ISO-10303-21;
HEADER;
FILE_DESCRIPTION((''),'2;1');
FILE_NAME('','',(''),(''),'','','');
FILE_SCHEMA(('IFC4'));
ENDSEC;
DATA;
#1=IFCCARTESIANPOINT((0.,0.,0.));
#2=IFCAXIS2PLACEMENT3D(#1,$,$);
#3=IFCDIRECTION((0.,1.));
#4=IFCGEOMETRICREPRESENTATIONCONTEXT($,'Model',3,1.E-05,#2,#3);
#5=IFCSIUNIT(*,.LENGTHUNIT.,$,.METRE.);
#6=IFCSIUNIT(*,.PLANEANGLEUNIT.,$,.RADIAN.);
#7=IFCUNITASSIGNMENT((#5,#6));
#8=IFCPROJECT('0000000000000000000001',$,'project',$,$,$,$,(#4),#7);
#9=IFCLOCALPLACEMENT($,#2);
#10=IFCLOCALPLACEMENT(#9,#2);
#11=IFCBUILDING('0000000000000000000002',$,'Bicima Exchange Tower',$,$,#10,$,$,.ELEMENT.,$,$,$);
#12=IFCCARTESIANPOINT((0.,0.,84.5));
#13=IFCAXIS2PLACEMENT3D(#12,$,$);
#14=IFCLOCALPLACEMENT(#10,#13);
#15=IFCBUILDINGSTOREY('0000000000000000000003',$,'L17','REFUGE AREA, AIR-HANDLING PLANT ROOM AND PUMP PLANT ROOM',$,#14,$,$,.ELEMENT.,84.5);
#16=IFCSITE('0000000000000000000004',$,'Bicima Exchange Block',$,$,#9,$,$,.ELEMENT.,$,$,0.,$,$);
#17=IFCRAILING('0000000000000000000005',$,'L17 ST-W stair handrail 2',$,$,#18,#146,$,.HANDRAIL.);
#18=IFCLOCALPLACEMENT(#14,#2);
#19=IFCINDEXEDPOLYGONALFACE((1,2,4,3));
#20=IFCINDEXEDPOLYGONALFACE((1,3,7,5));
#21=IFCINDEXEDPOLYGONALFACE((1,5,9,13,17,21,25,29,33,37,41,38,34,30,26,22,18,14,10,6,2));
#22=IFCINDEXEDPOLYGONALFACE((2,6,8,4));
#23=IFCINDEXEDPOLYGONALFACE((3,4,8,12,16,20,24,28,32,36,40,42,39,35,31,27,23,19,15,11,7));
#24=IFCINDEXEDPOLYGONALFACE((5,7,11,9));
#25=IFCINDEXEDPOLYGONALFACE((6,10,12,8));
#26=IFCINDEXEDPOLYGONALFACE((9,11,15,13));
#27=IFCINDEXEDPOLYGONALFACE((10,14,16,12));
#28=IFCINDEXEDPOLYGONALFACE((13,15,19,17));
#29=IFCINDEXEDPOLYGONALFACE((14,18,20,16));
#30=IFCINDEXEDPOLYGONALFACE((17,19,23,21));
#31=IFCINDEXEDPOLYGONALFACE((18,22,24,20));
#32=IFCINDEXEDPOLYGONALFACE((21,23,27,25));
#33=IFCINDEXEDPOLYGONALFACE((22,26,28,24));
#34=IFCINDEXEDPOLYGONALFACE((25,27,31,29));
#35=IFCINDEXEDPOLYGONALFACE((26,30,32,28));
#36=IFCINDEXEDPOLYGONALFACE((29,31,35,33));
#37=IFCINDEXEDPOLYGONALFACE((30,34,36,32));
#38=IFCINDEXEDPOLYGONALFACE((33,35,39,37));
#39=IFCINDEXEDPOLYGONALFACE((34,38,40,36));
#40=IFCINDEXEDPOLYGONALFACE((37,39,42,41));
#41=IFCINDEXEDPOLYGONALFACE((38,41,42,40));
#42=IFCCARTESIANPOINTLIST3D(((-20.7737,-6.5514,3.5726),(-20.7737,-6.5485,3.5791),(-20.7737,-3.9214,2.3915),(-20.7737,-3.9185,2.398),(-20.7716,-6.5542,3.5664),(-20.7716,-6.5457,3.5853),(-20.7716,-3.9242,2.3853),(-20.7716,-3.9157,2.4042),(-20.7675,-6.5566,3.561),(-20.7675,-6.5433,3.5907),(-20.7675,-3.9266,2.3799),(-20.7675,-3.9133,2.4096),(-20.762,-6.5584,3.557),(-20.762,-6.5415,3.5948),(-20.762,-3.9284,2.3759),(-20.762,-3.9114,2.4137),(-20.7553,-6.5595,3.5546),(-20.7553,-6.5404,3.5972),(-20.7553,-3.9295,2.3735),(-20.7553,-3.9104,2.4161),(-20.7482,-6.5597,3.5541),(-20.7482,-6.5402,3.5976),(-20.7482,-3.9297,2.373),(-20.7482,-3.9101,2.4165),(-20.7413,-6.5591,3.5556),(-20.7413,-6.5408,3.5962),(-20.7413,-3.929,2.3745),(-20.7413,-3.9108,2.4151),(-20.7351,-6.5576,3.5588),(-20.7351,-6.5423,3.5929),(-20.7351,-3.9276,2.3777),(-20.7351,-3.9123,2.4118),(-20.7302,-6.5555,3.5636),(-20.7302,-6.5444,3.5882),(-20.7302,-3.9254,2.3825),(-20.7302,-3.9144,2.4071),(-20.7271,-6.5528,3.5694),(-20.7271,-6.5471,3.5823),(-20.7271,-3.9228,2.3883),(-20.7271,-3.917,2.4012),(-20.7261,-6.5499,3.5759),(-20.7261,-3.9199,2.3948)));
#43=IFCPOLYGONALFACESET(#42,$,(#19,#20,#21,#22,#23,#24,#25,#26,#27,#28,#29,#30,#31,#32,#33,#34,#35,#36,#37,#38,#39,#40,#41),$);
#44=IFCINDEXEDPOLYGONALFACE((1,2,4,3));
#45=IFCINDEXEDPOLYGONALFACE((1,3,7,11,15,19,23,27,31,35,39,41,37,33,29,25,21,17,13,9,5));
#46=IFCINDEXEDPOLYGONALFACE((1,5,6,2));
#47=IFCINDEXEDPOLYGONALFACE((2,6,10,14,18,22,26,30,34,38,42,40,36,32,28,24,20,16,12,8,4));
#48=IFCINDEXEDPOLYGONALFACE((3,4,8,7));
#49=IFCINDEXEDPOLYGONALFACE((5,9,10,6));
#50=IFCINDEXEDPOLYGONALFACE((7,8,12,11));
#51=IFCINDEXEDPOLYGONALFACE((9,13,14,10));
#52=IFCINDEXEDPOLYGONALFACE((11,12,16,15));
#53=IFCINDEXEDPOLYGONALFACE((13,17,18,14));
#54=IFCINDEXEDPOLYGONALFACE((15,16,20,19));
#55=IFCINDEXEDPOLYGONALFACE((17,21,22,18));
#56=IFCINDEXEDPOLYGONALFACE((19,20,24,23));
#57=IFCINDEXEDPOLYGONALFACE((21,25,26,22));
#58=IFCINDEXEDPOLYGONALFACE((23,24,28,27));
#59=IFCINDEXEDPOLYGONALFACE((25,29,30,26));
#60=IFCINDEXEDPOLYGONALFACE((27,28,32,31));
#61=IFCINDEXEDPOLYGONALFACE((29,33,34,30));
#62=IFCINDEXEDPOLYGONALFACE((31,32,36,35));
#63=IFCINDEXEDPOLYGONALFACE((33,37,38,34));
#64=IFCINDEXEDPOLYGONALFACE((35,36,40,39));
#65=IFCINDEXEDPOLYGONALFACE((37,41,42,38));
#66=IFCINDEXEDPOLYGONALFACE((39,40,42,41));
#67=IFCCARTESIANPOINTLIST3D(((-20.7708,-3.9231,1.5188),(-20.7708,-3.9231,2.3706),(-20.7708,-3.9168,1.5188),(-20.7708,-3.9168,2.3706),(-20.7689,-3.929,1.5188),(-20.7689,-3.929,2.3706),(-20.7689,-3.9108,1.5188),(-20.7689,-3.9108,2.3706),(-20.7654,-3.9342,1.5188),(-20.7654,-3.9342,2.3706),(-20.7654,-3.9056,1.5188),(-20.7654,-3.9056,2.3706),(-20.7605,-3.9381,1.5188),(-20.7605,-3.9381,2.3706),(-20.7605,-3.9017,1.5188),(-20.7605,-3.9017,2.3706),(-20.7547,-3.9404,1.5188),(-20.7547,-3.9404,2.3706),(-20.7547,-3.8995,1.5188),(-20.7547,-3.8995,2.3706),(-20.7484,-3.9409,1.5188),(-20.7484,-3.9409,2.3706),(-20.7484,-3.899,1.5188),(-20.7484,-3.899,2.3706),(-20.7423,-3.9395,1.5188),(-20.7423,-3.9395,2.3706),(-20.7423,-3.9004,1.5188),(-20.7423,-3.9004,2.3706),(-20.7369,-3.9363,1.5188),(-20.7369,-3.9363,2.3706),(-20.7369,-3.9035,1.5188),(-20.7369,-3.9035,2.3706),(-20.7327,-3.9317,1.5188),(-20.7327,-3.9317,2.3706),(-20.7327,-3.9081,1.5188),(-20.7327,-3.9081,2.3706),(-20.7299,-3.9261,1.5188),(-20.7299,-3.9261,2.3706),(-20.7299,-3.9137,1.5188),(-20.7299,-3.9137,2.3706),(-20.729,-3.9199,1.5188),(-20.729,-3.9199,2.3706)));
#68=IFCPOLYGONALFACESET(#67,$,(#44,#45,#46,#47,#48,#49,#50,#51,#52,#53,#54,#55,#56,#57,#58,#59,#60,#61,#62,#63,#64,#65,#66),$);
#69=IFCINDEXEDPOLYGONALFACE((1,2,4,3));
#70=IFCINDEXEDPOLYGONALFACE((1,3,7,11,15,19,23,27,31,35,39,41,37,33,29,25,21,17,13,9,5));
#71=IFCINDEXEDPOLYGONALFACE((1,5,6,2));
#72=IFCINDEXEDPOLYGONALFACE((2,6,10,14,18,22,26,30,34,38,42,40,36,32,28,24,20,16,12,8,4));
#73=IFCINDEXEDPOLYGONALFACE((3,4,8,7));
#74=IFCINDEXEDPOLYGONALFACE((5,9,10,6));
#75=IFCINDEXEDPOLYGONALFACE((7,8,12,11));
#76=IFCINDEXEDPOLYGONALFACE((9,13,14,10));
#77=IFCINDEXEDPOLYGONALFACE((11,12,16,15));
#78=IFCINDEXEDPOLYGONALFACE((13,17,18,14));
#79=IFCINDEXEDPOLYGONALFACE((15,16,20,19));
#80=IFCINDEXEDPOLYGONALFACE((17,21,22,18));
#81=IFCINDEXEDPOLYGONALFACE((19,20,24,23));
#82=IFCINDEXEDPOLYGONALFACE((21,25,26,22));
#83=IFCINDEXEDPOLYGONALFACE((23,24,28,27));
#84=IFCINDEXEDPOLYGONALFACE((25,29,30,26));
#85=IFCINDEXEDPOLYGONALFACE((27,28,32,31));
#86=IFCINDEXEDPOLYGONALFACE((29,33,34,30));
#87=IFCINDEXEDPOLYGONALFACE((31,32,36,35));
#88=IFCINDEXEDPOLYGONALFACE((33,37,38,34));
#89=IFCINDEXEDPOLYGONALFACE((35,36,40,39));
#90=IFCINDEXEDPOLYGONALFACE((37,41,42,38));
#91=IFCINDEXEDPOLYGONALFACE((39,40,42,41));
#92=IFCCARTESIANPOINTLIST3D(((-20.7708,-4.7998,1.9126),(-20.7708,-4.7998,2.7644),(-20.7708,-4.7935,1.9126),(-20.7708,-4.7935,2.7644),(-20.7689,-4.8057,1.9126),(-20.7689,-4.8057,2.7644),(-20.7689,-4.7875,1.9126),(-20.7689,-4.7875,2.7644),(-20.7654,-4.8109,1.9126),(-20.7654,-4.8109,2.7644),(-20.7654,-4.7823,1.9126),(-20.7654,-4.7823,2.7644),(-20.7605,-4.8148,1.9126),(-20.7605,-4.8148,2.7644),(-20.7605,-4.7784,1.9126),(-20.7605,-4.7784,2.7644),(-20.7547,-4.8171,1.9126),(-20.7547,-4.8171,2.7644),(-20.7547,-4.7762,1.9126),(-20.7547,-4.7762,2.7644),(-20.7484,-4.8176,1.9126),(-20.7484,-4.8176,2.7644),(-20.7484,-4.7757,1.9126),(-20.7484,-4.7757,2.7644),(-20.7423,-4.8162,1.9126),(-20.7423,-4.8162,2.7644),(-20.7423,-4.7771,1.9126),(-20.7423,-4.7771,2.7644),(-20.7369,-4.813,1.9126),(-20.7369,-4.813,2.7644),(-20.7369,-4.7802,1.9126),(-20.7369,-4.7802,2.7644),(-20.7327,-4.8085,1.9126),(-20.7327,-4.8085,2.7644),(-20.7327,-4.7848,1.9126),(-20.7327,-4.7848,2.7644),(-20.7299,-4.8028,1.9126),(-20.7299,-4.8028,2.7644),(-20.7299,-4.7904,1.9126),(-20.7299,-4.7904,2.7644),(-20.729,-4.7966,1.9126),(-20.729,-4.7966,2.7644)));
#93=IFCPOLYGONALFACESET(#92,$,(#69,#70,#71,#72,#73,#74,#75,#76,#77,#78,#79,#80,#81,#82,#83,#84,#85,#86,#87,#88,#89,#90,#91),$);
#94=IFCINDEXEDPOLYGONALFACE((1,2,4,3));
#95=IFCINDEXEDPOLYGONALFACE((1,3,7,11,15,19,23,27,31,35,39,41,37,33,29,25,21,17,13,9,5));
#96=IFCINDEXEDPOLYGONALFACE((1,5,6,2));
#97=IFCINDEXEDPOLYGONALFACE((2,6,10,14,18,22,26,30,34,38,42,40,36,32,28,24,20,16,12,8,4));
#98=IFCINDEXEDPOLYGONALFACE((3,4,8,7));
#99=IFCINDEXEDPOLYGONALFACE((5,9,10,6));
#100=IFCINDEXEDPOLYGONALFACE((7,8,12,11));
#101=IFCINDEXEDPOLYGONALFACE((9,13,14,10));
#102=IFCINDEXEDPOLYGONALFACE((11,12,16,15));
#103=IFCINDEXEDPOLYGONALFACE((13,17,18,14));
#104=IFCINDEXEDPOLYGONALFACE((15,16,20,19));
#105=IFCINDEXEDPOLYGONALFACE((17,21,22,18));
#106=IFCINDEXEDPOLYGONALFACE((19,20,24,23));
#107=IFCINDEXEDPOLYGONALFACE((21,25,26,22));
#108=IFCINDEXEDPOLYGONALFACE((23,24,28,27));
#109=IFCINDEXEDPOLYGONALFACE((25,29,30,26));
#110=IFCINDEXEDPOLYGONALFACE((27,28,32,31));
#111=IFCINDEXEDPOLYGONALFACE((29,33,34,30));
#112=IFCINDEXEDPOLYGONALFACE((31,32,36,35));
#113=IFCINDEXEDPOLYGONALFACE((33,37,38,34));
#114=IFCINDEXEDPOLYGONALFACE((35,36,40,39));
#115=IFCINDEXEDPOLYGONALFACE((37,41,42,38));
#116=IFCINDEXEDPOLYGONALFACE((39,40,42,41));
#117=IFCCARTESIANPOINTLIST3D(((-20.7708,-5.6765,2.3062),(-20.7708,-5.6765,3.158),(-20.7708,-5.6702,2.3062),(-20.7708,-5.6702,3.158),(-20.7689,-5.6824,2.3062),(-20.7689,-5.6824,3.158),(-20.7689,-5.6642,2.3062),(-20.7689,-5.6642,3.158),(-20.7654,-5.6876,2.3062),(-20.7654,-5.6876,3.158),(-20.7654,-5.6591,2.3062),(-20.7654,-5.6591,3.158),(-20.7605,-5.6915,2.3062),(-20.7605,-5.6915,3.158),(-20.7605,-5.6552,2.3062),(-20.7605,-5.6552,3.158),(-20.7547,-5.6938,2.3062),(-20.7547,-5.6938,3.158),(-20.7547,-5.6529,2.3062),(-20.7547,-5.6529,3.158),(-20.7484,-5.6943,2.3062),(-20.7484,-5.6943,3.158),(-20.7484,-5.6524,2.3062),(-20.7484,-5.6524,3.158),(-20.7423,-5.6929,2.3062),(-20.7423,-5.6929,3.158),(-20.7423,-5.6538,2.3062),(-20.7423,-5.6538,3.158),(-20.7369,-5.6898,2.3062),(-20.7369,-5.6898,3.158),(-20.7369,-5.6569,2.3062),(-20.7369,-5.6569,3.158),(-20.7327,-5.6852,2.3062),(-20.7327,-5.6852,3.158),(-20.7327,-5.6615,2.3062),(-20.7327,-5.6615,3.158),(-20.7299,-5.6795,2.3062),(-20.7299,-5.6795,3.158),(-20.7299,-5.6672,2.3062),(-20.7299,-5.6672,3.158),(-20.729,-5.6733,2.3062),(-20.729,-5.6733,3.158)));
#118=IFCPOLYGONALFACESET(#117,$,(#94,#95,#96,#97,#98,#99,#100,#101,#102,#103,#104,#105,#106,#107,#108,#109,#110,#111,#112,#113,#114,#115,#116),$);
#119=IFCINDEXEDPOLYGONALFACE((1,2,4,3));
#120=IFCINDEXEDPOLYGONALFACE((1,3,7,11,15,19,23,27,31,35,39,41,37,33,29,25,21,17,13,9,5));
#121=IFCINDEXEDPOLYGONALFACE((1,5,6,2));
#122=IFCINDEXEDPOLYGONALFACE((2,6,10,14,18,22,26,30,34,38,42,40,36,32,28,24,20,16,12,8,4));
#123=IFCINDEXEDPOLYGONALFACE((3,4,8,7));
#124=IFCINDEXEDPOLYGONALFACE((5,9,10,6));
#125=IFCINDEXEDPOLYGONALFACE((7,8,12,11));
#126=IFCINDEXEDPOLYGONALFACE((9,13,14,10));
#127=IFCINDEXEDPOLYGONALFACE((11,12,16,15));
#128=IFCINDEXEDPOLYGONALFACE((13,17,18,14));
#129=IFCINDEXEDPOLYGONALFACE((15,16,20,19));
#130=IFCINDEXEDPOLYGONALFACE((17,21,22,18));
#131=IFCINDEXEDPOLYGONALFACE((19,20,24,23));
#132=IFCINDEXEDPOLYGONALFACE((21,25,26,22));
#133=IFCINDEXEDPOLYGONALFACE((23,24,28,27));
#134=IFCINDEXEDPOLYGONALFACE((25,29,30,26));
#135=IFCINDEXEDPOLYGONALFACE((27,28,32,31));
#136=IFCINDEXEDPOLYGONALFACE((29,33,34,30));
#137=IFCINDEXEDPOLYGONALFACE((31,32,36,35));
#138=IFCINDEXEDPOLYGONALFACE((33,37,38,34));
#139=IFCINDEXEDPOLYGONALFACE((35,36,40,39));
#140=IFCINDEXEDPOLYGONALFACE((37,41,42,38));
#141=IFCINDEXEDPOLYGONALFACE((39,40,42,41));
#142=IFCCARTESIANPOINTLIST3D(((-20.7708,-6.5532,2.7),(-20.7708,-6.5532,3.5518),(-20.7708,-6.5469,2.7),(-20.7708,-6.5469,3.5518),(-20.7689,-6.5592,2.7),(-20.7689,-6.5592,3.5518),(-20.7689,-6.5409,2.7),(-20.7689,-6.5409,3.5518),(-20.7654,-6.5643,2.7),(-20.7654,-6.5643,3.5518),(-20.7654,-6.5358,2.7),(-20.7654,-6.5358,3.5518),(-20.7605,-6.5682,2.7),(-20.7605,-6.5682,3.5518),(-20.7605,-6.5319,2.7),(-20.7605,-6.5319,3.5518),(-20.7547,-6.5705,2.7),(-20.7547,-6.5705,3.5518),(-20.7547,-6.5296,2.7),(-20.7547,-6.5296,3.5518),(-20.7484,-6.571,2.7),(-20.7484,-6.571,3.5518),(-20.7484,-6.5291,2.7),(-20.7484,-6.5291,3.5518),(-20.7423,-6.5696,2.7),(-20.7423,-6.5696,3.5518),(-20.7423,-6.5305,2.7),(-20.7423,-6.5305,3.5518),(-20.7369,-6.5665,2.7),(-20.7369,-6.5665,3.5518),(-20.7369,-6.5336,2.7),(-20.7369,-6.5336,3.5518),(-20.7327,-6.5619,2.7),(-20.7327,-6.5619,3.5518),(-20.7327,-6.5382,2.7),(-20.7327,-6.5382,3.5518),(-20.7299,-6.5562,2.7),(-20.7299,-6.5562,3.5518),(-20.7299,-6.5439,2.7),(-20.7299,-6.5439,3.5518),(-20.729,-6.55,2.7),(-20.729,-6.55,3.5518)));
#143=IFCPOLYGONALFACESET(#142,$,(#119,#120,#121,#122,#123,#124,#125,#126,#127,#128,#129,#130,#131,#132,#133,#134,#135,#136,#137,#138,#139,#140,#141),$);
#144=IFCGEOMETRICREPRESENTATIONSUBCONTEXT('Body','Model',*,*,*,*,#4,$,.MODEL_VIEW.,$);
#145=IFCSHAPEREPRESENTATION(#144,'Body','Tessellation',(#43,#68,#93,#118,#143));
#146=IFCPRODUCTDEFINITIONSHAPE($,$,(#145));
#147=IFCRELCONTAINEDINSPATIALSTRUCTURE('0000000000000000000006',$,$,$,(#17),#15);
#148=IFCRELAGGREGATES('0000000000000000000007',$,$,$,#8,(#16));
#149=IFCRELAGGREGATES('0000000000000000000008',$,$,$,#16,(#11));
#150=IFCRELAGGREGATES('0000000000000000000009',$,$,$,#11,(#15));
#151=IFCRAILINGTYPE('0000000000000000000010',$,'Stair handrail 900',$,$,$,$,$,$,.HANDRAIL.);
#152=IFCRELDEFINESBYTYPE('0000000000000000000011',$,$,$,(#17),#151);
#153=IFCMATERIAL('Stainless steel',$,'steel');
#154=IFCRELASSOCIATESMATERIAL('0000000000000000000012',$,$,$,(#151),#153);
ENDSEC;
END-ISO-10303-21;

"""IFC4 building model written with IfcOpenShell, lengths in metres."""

from ifc_helpers import new_model, si_unit, direction, frame, origin, origin_2d, place, context, subcontext, project, spatial, circle, extrude, material, type_object, element, save


model = new_model("IFC4")

# Units and contexts
model_context = context("Model", 3, precision=1e-05, world=origin(), true_north=direction((0.0, 1.0)))
body_context = subcontext(model_context, "Body", "Model", "MODEL_VIEW")
ifc_project = project(units=[si_unit("LENGTHUNIT", "METRE"), si_unit("PLANEANGLEUNIT", "RADIAN")], contexts=[model_context])

# Site, building, storey
site_placement = place(None, origin())
site = spatial("IfcSite", under=ifc_project, at=site_placement, Name="Bicima Exchange Block", CompositionType="ELEMENT", RefElevation=0.0)
building_placement = place(site_placement, origin())
building = spatial("IfcBuilding", under=site, at=building_placement, Name="Bicima Exchange Tower", CompositionType="ELEMENT")
storey_placement = place(building_placement, frame((0.0, 0.0, 84.5)))
storey = spatial("IfcBuildingStorey", under=building, at=storey_placement, Name="L17", Description="REFUGE AREA, AIR-HANDLING PLANT ROOM AND PUMP PLANT ROOM", CompositionType="ELEMENT", Elevation=84.5)

# Shared definitions
ifc_material_1 = material(Name="Stainless steel", Category="steel")

# Railing
railing_type = type_object("IfcRailingType", Name="Stair handrail 900", PredefinedType="HANDRAIL", material=ifc_material_1)
railing_1_placement = place(storey_placement, frame((-20.75, -3.9199, 1.5188)))
element("IfcRailing", 1, at=railing_1_placement, inside=storey, type_object=railing_type, Name="L17 ST-W stair handrail 2", PredefinedType="HANDRAIL", context=body_context, shape_type="SweptSolid", body=[
    extrude(circle(Radius=0.0239, at=origin_2d()), frame((0.0, 0.0, 0.876), z_axis=(0.0, -0.912233, 0.409671), x_axis=(1.0, 0.0, 0.0)), (0.0, 0.0, 1.0), 2.8831),
    extrude(circle(Radius=0.021, at=origin_2d()), origin(), (0.0, 0.0, 1.0), 0.8518),
    extrude(circle(Radius=0.021, at=origin_2d()), frame((0.0, -0.8767, 0.3938)), (0.0, 0.0, 1.0), 0.8518),
    extrude(circle(Radius=0.021, at=origin_2d()), frame((0.0, -1.7534, 0.7874)), (0.0, 0.0, 1.0), 0.8518),
    extrude(circle(Radius=0.021, at=origin_2d()), frame((0.0, -2.6301, 1.1812)), (0.0, 0.0, 1.0), 0.8518),
])

save(model, "model.ifc")
